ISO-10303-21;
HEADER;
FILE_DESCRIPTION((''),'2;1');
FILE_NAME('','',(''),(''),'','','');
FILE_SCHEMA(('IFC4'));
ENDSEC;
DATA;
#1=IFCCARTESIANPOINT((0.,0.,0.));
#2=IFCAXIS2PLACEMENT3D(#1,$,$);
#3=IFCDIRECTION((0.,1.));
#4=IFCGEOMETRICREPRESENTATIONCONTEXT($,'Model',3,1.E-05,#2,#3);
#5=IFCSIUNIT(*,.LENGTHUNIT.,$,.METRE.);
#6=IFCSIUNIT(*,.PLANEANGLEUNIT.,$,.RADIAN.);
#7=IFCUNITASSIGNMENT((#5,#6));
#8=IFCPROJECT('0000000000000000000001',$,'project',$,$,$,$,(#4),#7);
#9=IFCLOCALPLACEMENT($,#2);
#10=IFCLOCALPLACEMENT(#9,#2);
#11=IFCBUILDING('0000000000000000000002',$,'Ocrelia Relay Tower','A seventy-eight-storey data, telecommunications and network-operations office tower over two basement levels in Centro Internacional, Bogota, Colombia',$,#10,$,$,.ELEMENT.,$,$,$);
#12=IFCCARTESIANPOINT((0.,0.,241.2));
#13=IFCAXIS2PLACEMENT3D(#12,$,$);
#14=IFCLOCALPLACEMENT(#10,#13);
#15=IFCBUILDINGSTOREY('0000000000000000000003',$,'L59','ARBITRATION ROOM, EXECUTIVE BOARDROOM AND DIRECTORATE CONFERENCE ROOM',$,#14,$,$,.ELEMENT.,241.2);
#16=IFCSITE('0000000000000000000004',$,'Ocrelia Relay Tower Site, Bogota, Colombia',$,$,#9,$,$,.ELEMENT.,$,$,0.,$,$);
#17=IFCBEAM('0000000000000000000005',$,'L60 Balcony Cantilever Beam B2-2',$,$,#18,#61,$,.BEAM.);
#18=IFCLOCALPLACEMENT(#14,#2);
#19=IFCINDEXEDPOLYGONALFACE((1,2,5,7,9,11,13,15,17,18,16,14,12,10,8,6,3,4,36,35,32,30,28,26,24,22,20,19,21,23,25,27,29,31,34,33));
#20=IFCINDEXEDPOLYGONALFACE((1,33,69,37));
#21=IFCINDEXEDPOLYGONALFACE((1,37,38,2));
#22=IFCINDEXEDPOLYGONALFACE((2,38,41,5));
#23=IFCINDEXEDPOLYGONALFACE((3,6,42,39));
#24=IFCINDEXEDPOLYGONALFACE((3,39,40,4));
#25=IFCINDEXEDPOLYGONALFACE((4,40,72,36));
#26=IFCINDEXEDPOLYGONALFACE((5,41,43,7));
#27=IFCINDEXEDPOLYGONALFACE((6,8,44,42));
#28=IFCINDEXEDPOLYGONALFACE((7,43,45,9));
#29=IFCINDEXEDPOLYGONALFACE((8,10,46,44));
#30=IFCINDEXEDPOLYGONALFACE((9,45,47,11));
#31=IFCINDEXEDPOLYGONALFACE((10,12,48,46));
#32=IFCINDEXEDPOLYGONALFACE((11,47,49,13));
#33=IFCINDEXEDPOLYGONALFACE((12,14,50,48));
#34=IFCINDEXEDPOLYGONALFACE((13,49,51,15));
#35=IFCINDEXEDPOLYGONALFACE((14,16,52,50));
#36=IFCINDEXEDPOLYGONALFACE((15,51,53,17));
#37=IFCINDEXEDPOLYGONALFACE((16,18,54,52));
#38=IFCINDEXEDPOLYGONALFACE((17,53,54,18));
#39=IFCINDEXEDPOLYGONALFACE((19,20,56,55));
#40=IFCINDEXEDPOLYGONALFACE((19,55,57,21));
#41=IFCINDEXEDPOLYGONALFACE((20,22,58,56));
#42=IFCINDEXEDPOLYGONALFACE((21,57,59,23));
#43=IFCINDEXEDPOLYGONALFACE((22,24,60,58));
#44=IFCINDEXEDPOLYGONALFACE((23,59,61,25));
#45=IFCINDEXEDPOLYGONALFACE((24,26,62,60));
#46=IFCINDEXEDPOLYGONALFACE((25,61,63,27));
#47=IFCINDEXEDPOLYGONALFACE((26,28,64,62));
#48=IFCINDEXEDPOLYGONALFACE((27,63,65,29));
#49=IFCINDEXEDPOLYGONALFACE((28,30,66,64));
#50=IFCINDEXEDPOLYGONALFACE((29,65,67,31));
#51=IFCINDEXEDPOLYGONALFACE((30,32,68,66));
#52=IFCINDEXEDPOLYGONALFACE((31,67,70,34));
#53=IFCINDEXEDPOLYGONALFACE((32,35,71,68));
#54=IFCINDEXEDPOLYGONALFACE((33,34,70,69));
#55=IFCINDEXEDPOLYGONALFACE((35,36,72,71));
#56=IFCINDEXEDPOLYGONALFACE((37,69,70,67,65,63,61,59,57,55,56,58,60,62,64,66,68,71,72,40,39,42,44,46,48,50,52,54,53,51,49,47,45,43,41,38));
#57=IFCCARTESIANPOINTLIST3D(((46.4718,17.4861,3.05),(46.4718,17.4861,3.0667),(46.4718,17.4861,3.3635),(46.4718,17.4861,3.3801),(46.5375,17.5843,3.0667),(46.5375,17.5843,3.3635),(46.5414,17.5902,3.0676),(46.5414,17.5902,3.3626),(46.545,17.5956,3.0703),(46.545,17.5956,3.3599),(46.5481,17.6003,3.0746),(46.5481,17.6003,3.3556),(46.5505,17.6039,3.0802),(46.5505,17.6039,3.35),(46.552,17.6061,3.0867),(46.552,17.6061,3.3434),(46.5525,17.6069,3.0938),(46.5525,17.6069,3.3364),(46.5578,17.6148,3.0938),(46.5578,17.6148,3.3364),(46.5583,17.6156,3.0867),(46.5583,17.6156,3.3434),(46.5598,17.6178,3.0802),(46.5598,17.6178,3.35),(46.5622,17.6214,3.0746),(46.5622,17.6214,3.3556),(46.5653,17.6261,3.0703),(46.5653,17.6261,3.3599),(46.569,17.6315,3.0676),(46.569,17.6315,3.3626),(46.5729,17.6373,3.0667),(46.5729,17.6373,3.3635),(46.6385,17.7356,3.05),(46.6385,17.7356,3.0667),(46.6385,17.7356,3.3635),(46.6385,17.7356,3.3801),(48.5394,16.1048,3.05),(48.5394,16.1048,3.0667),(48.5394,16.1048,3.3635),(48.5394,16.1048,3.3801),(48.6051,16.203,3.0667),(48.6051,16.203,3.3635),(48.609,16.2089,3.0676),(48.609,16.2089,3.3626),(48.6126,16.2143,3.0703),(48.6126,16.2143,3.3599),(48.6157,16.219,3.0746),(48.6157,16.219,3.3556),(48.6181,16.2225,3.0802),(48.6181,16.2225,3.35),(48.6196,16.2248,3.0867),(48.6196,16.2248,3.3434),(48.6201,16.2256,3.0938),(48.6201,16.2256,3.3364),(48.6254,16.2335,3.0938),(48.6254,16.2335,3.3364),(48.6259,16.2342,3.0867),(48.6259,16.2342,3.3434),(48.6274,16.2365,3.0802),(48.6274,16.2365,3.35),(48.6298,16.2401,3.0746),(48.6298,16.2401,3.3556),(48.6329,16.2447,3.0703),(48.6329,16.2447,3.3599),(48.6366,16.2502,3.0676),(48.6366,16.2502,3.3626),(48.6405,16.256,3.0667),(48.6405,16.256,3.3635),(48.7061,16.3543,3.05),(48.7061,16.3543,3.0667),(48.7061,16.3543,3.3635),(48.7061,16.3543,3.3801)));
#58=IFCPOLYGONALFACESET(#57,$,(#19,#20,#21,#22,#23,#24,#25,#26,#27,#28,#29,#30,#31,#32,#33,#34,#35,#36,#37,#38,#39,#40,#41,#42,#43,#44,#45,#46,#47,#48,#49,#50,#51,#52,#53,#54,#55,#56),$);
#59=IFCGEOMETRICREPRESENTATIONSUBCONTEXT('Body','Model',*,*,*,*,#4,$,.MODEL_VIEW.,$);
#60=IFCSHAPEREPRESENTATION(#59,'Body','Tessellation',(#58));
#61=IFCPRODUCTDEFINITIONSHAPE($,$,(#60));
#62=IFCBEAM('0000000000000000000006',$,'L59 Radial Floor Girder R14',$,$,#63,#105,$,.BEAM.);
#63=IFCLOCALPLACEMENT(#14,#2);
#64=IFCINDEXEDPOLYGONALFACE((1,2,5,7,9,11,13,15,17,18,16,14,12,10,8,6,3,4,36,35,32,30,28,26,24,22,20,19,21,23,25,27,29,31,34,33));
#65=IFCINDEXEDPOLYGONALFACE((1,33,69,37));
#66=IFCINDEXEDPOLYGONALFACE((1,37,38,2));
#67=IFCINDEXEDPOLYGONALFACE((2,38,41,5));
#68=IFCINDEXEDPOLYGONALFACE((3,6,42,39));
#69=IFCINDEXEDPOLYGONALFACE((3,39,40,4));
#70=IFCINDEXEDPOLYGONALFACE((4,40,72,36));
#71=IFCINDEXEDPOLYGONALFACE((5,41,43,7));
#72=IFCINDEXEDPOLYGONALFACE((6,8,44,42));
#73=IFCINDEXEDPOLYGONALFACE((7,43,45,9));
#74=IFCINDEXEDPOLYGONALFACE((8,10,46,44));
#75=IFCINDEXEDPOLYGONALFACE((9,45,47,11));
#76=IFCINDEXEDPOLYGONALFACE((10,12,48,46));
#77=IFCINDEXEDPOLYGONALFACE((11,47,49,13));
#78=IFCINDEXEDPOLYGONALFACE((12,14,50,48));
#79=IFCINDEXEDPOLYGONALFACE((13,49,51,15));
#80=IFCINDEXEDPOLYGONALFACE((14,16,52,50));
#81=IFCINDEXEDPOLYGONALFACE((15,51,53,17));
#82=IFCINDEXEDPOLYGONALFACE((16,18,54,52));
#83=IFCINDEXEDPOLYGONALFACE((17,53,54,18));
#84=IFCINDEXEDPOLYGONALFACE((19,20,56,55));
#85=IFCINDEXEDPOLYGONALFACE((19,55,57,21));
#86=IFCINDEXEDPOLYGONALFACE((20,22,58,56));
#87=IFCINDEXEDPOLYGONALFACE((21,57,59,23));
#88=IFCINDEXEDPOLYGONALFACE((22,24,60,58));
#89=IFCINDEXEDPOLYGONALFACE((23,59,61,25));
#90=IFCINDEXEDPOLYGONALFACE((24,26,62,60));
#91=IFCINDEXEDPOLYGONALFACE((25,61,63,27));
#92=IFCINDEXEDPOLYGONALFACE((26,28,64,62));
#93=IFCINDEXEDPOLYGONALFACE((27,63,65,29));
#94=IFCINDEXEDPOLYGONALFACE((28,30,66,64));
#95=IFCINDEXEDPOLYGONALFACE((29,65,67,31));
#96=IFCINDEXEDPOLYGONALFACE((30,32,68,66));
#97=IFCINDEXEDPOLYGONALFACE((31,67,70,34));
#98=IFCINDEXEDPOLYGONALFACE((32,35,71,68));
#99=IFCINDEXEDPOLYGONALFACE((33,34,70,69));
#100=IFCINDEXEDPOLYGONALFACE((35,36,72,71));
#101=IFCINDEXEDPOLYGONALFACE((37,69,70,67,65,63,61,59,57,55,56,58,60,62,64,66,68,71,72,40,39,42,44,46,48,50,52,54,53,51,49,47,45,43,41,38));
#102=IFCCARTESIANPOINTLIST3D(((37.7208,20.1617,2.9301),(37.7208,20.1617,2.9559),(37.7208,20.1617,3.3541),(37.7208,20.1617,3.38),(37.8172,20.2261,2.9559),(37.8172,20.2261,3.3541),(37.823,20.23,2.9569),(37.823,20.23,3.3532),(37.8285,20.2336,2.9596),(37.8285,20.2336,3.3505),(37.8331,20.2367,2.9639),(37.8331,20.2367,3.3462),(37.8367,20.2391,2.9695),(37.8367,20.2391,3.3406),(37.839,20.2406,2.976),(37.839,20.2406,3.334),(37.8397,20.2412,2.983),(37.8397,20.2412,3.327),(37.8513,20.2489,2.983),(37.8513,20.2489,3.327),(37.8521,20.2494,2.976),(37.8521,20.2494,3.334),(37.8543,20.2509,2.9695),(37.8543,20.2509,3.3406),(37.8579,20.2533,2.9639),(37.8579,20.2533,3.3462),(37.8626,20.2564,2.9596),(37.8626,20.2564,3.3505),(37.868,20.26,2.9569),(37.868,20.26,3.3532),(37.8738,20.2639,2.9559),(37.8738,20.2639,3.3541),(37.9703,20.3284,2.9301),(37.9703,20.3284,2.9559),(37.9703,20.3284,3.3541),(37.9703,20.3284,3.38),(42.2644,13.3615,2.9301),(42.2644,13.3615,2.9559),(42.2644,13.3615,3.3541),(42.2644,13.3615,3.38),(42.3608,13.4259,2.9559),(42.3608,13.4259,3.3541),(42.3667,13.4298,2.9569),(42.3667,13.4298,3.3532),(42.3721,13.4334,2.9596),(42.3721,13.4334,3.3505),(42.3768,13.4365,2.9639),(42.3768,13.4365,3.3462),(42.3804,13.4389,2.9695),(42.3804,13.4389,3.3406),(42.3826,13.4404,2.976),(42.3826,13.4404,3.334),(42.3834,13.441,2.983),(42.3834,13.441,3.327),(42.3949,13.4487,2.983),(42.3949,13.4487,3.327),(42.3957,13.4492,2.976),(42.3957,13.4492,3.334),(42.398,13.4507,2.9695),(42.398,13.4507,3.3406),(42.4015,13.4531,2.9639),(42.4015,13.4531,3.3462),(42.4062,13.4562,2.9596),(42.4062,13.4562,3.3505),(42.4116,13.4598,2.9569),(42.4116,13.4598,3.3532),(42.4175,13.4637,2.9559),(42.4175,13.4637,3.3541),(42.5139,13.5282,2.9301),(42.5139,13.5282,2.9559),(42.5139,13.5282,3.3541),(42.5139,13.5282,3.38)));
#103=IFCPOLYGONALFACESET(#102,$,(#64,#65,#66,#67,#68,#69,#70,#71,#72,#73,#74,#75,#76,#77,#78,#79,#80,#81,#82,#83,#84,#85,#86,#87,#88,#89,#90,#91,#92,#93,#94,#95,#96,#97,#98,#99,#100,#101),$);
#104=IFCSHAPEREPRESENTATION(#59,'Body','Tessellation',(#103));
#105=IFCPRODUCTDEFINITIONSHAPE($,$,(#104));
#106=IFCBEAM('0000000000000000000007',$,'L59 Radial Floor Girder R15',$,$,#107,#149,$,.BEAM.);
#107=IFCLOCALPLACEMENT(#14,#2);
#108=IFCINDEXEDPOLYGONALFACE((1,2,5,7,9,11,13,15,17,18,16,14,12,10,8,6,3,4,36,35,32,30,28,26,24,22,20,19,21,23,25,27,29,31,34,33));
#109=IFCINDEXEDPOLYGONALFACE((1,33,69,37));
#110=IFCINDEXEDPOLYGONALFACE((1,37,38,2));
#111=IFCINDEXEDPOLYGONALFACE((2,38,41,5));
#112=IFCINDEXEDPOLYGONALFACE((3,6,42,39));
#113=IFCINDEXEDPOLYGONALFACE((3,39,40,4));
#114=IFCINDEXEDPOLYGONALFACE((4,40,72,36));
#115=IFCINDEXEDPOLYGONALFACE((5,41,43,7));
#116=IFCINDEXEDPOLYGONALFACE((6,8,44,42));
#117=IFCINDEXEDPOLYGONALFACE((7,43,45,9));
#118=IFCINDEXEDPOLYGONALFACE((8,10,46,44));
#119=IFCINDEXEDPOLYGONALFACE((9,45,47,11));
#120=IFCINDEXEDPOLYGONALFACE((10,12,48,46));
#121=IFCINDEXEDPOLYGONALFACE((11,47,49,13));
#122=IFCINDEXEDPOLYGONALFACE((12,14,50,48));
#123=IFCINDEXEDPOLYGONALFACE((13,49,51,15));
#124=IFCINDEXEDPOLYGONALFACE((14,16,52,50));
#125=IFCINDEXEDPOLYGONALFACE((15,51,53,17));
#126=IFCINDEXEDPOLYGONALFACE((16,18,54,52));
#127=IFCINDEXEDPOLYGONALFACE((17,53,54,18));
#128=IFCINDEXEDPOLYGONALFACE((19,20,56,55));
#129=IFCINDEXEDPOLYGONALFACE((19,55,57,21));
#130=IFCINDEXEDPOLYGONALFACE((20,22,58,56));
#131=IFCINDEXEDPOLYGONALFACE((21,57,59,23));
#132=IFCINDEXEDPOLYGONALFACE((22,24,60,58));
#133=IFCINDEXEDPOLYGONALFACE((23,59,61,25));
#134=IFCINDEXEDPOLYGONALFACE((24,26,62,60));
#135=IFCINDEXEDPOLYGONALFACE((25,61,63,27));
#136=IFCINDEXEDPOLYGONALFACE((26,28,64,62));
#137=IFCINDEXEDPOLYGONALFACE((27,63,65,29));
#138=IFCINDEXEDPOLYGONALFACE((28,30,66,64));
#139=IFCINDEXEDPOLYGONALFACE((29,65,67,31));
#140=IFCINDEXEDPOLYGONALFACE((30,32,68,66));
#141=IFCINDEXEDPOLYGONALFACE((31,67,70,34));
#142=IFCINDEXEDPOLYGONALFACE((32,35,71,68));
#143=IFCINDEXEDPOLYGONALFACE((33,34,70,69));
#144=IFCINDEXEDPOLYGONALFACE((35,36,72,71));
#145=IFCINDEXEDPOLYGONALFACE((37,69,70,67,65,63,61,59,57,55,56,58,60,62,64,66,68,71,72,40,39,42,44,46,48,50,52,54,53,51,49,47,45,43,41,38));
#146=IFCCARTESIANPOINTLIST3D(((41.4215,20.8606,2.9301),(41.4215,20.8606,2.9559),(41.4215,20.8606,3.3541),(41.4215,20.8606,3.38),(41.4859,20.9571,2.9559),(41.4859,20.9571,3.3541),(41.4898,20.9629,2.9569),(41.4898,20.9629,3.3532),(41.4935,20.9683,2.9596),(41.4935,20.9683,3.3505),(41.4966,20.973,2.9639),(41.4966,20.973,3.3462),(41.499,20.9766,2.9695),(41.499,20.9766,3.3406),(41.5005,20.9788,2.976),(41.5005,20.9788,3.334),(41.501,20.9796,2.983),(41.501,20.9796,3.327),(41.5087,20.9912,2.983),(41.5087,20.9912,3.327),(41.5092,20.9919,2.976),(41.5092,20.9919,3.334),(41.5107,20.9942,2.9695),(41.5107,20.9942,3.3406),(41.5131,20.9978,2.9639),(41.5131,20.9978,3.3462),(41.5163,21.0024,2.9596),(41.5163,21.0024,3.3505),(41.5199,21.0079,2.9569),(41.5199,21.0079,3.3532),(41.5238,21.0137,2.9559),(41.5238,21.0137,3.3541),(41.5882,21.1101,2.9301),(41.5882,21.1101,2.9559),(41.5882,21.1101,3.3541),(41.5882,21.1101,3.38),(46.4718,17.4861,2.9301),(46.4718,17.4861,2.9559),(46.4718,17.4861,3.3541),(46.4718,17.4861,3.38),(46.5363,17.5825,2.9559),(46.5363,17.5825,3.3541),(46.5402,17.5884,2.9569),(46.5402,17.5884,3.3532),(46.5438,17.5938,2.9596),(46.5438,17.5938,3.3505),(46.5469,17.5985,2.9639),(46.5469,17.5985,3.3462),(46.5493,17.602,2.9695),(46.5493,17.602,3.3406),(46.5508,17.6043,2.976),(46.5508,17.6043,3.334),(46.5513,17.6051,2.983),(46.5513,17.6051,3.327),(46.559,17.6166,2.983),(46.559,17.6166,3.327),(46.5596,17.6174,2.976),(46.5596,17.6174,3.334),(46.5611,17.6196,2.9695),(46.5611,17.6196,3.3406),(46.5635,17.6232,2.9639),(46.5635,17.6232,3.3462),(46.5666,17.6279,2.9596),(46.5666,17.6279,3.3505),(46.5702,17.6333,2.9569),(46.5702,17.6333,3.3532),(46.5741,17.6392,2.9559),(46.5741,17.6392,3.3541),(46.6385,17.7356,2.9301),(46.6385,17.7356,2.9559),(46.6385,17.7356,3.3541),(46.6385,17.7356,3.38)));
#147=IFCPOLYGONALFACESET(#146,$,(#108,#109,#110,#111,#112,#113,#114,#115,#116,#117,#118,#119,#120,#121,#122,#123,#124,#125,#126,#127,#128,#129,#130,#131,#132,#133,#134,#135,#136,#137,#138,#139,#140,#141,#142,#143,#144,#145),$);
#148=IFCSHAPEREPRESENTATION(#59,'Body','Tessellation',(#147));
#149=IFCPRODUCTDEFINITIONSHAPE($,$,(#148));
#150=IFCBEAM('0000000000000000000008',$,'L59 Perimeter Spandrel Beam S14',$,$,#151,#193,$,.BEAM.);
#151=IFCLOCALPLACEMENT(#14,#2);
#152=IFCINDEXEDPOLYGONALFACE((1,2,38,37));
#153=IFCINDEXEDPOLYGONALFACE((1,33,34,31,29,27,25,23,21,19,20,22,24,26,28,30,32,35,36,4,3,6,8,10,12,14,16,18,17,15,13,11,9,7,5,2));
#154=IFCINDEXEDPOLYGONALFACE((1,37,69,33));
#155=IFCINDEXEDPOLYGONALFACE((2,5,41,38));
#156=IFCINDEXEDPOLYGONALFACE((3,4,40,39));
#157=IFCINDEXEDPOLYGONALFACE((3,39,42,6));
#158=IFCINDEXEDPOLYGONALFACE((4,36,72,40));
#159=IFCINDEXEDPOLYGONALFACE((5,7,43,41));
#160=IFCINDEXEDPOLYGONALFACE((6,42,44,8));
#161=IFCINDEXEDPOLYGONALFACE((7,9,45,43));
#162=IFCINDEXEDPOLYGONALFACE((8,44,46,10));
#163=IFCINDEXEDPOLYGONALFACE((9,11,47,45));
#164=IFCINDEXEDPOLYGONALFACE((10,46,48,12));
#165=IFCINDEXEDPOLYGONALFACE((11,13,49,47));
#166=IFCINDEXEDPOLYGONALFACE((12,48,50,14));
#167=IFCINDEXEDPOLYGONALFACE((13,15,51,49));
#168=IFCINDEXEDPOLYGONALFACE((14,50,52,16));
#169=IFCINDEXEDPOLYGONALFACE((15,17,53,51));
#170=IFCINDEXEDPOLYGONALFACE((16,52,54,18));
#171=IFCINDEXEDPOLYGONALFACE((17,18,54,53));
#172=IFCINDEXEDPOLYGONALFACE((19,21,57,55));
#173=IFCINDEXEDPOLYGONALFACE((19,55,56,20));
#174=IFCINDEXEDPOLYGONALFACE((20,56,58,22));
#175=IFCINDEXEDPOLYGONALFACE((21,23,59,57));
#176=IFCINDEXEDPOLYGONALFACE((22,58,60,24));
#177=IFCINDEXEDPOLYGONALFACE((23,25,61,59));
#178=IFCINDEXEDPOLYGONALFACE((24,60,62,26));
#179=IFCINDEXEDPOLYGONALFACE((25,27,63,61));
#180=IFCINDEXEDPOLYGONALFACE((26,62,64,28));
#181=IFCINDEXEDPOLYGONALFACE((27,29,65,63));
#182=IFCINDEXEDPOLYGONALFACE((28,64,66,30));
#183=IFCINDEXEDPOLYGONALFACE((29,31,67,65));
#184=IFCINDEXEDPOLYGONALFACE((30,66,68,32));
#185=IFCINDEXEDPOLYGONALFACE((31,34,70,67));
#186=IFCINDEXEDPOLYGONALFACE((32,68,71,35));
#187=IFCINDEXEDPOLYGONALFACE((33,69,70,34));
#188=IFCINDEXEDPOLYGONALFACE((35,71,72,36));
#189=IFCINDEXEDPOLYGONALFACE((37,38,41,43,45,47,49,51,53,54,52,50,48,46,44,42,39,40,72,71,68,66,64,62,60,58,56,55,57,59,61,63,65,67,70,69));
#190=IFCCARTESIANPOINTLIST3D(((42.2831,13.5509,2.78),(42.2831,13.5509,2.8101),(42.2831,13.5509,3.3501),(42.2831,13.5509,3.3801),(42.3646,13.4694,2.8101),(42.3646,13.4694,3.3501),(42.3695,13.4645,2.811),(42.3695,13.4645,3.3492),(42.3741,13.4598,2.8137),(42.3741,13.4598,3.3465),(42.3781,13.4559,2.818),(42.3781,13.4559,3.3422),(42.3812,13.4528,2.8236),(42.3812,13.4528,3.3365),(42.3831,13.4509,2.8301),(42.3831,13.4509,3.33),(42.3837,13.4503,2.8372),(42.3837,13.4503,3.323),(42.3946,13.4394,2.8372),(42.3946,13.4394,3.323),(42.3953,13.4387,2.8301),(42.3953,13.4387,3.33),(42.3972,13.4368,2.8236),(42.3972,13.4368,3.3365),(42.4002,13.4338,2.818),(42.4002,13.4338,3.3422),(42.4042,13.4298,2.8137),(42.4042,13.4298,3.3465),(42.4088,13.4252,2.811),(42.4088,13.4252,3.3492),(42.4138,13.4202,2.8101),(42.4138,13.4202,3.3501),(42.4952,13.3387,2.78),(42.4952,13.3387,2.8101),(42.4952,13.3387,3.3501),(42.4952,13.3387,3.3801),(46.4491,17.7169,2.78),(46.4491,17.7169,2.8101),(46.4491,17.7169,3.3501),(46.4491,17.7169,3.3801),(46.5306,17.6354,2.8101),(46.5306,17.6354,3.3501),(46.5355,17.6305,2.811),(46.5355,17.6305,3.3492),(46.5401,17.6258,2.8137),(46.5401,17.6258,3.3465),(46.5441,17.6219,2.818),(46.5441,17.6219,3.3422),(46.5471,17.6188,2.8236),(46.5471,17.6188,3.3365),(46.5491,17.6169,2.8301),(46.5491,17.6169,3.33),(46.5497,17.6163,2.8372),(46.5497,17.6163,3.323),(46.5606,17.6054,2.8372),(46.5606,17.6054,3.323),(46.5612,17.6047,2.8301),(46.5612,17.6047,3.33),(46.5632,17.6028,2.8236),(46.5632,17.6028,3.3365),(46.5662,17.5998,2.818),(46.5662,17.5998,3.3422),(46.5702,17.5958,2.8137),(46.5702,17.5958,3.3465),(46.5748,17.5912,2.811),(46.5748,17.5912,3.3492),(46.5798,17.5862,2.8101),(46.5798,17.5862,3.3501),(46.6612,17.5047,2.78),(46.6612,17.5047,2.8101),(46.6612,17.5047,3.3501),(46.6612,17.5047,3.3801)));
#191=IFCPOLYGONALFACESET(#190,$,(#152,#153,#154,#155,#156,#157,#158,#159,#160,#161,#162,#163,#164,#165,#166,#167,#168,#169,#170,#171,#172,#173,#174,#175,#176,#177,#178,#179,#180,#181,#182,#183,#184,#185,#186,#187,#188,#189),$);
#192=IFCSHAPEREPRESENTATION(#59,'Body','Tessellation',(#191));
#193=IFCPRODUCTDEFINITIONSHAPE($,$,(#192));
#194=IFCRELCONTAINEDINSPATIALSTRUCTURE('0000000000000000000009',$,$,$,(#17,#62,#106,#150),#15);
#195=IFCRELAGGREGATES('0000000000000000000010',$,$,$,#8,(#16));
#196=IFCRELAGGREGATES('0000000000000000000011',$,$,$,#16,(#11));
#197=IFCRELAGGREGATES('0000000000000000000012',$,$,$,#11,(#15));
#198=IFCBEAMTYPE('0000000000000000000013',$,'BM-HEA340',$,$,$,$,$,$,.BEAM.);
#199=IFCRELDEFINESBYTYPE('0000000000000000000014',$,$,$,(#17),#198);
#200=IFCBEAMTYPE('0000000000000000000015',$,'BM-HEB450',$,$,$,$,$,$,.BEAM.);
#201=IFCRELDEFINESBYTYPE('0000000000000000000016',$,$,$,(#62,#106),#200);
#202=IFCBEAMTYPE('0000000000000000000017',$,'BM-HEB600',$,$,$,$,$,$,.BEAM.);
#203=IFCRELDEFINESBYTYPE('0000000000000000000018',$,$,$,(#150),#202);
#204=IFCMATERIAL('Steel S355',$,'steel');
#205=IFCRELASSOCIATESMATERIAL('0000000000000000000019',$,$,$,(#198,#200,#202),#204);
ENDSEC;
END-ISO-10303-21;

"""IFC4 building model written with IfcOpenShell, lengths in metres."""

from ifc_helpers import new_model, si_unit, direction, frame, origin, origin_2d, place, context, subcontext, project, spatial, i_section, extrude, material, material_profile, profile_set, type_object, element, save


model = new_model("IFC4")

# Units and contexts
model_context = context("Model", 3, precision=1e-05, world=origin(), true_north=direction((0.0, 1.0)))
body_context = subcontext(model_context, "Body", "Model", "MODEL_VIEW")
ifc_project = project(units=[si_unit("LENGTHUNIT", "METRE"), si_unit("PLANEANGLEUNIT", "RADIAN")], contexts=[model_context])

# Site, building, storey
site_placement = place(None, origin())
site = spatial("IfcSite", under=ifc_project, at=site_placement, Name="Ocrelia Relay Tower Site, Bogota, Colombia", CompositionType="ELEMENT", RefElevation=0.0)
building_placement = place(site_placement, origin())
building = spatial("IfcBuilding", under=site, at=building_placement, Name="Ocrelia Relay Tower", Description="A seventy-eight-storey data, telecommunications and network-operations office tower over two basement levels in Centro Internacional, Bogota, Colombia", CompositionType="ELEMENT")
storey_placement = place(building_placement, frame((0.0, 0.0, 241.2)))
storey = spatial("IfcBuildingStorey", under=building, at=storey_placement, Name="L59", Description="ARBITRATION ROOM, EXECUTIVE BOARDROOM AND DIRECTORATE CONFERENCE ROOM", CompositionType="ELEMENT", Elevation=241.2)

# Beams
ifc_material_1 = material(Name="Steel S355", Category="steel")
ifc_material_profile_1 = material_profile(ifc_material_1, i_section(OverallWidth=0.3, OverallDepth=0.3301, WebThickness=0.0095, FlangeThickness=0.0166, FilletRadius=0.0271, at=origin_2d()), Name="HEA 340")
ifc_profile_set_1 = profile_set([ifc_material_profile_1], Name="Steel S355")
beam_type_1 = type_object("IfcBeamType", Name="BM-HEA340", PredefinedType="BEAM", material=ifc_profile_set_1)
beam_1_placement = place(storey_placement, frame((46.5552, 17.6108, 3.2151), z_axis=(0.831506, -0.555516, 0.0), x_axis=(0.555516, 0.831506, 0.0)))
element("IfcBeam", 1, at=beam_1_placement, inside=storey, type_object=beam_type_1, Name="L60 Balcony Cantilever Beam B2-2", PredefinedType="BEAM", context=body_context, shape_type="SweptSolid", body=[
    extrude(i_section(OverallWidth=0.3, OverallDepth=0.3301, WebThickness=0.0095, FlangeThickness=0.0166, FilletRadius=0.0271, at=origin_2d()), origin(), (0.0, 0.0, 1.0), 2.4866),
])
ifc_material_profile_2 = material_profile(ifc_material_1, i_section(OverallWidth=0.3, OverallDepth=0.45, WebThickness=0.0139, FlangeThickness=0.0259, FilletRadius=0.0271, at=origin_2d()), Name="HEB 450")
ifc_profile_set_2 = profile_set([ifc_material_profile_2], Name="Steel S355")
beam_type_2 = type_object("IfcBeamType", Name="BM-HEB450", PredefinedType="BEAM", material=ifc_profile_set_2)
beam_2_placement = place(storey_placement, frame((42.3892, 13.4448, 3.155), z_axis=(-0.555561, 0.831476, 0.0), x_axis=(-0.831476, -0.555561, 0.0)))
element("IfcBeam", 2, at=beam_2_placement, inside=storey, type_object=beam_type_2, Name="L59 Radial Floor Girder R14", PredefinedType="BEAM", context=body_context, shape_type="SweptSolid", body=[
    extrude(i_section(OverallWidth=0.3, OverallDepth=0.45, WebThickness=0.0139, FlangeThickness=0.0259, FilletRadius=0.0271, at=origin_2d()), origin(), (0.0, 0.0, 1.0), 8.1785),
])
beam_3_placement = place(storey_placement, frame((46.5552, 17.6108, 3.155), z_axis=(-0.831469, 0.555572, 0.0), x_axis=(-0.555572, -0.831469, 0.0)))
element("IfcBeam", 3, at=beam_3_placement, inside=storey, type_object=beam_type_2, Name="L59 Radial Floor Girder R15", PredefinedType="BEAM", context=body_context, shape_type="SweptSolid", body=[
    extrude(i_section(OverallWidth=0.3, OverallDepth=0.45, WebThickness=0.0139, FlangeThickness=0.0259, FilletRadius=0.0271, at=origin_2d()), origin(), (0.0, 0.0, 1.0), 6.074),
])
ifc_material_profile_3 = material_profile(ifc_material_1, i_section(OverallWidth=0.3, OverallDepth=0.6001, WebThickness=0.0154, FlangeThickness=0.03, FilletRadius=0.0271, at=origin_2d()), Name="HEB 600")
ifc_profile_set_3 = profile_set([ifc_material_profile_3], Name="Steel S355")
beam_type_3 = type_object("IfcBeamType", Name="BM-HEB600", PredefinedType="BEAM", material=ifc_profile_set_3)
beam_4_placement = place(storey_placement, frame((42.3892, 13.4448, 3.0801), z_axis=(0.707107, 0.707107, 0.0), x_axis=(-0.707107, 0.707107, 0.0)))
element("IfcBeam", 4, at=beam_4_placement, inside=storey, type_object=beam_type_3, Name="L59 Perimeter Spandrel Beam S14", PredefinedType="BEAM", context=body_context, shape_type="SweptSolid", body=[
    extrude(i_section(OverallWidth=0.3, OverallDepth=0.6001, WebThickness=0.0154, FlangeThickness=0.03, FilletRadius=0.0271, at=origin_2d()), origin(), (0.0, 0.0, 1.0), 5.8916),
])

save(model, "model.ifc")
